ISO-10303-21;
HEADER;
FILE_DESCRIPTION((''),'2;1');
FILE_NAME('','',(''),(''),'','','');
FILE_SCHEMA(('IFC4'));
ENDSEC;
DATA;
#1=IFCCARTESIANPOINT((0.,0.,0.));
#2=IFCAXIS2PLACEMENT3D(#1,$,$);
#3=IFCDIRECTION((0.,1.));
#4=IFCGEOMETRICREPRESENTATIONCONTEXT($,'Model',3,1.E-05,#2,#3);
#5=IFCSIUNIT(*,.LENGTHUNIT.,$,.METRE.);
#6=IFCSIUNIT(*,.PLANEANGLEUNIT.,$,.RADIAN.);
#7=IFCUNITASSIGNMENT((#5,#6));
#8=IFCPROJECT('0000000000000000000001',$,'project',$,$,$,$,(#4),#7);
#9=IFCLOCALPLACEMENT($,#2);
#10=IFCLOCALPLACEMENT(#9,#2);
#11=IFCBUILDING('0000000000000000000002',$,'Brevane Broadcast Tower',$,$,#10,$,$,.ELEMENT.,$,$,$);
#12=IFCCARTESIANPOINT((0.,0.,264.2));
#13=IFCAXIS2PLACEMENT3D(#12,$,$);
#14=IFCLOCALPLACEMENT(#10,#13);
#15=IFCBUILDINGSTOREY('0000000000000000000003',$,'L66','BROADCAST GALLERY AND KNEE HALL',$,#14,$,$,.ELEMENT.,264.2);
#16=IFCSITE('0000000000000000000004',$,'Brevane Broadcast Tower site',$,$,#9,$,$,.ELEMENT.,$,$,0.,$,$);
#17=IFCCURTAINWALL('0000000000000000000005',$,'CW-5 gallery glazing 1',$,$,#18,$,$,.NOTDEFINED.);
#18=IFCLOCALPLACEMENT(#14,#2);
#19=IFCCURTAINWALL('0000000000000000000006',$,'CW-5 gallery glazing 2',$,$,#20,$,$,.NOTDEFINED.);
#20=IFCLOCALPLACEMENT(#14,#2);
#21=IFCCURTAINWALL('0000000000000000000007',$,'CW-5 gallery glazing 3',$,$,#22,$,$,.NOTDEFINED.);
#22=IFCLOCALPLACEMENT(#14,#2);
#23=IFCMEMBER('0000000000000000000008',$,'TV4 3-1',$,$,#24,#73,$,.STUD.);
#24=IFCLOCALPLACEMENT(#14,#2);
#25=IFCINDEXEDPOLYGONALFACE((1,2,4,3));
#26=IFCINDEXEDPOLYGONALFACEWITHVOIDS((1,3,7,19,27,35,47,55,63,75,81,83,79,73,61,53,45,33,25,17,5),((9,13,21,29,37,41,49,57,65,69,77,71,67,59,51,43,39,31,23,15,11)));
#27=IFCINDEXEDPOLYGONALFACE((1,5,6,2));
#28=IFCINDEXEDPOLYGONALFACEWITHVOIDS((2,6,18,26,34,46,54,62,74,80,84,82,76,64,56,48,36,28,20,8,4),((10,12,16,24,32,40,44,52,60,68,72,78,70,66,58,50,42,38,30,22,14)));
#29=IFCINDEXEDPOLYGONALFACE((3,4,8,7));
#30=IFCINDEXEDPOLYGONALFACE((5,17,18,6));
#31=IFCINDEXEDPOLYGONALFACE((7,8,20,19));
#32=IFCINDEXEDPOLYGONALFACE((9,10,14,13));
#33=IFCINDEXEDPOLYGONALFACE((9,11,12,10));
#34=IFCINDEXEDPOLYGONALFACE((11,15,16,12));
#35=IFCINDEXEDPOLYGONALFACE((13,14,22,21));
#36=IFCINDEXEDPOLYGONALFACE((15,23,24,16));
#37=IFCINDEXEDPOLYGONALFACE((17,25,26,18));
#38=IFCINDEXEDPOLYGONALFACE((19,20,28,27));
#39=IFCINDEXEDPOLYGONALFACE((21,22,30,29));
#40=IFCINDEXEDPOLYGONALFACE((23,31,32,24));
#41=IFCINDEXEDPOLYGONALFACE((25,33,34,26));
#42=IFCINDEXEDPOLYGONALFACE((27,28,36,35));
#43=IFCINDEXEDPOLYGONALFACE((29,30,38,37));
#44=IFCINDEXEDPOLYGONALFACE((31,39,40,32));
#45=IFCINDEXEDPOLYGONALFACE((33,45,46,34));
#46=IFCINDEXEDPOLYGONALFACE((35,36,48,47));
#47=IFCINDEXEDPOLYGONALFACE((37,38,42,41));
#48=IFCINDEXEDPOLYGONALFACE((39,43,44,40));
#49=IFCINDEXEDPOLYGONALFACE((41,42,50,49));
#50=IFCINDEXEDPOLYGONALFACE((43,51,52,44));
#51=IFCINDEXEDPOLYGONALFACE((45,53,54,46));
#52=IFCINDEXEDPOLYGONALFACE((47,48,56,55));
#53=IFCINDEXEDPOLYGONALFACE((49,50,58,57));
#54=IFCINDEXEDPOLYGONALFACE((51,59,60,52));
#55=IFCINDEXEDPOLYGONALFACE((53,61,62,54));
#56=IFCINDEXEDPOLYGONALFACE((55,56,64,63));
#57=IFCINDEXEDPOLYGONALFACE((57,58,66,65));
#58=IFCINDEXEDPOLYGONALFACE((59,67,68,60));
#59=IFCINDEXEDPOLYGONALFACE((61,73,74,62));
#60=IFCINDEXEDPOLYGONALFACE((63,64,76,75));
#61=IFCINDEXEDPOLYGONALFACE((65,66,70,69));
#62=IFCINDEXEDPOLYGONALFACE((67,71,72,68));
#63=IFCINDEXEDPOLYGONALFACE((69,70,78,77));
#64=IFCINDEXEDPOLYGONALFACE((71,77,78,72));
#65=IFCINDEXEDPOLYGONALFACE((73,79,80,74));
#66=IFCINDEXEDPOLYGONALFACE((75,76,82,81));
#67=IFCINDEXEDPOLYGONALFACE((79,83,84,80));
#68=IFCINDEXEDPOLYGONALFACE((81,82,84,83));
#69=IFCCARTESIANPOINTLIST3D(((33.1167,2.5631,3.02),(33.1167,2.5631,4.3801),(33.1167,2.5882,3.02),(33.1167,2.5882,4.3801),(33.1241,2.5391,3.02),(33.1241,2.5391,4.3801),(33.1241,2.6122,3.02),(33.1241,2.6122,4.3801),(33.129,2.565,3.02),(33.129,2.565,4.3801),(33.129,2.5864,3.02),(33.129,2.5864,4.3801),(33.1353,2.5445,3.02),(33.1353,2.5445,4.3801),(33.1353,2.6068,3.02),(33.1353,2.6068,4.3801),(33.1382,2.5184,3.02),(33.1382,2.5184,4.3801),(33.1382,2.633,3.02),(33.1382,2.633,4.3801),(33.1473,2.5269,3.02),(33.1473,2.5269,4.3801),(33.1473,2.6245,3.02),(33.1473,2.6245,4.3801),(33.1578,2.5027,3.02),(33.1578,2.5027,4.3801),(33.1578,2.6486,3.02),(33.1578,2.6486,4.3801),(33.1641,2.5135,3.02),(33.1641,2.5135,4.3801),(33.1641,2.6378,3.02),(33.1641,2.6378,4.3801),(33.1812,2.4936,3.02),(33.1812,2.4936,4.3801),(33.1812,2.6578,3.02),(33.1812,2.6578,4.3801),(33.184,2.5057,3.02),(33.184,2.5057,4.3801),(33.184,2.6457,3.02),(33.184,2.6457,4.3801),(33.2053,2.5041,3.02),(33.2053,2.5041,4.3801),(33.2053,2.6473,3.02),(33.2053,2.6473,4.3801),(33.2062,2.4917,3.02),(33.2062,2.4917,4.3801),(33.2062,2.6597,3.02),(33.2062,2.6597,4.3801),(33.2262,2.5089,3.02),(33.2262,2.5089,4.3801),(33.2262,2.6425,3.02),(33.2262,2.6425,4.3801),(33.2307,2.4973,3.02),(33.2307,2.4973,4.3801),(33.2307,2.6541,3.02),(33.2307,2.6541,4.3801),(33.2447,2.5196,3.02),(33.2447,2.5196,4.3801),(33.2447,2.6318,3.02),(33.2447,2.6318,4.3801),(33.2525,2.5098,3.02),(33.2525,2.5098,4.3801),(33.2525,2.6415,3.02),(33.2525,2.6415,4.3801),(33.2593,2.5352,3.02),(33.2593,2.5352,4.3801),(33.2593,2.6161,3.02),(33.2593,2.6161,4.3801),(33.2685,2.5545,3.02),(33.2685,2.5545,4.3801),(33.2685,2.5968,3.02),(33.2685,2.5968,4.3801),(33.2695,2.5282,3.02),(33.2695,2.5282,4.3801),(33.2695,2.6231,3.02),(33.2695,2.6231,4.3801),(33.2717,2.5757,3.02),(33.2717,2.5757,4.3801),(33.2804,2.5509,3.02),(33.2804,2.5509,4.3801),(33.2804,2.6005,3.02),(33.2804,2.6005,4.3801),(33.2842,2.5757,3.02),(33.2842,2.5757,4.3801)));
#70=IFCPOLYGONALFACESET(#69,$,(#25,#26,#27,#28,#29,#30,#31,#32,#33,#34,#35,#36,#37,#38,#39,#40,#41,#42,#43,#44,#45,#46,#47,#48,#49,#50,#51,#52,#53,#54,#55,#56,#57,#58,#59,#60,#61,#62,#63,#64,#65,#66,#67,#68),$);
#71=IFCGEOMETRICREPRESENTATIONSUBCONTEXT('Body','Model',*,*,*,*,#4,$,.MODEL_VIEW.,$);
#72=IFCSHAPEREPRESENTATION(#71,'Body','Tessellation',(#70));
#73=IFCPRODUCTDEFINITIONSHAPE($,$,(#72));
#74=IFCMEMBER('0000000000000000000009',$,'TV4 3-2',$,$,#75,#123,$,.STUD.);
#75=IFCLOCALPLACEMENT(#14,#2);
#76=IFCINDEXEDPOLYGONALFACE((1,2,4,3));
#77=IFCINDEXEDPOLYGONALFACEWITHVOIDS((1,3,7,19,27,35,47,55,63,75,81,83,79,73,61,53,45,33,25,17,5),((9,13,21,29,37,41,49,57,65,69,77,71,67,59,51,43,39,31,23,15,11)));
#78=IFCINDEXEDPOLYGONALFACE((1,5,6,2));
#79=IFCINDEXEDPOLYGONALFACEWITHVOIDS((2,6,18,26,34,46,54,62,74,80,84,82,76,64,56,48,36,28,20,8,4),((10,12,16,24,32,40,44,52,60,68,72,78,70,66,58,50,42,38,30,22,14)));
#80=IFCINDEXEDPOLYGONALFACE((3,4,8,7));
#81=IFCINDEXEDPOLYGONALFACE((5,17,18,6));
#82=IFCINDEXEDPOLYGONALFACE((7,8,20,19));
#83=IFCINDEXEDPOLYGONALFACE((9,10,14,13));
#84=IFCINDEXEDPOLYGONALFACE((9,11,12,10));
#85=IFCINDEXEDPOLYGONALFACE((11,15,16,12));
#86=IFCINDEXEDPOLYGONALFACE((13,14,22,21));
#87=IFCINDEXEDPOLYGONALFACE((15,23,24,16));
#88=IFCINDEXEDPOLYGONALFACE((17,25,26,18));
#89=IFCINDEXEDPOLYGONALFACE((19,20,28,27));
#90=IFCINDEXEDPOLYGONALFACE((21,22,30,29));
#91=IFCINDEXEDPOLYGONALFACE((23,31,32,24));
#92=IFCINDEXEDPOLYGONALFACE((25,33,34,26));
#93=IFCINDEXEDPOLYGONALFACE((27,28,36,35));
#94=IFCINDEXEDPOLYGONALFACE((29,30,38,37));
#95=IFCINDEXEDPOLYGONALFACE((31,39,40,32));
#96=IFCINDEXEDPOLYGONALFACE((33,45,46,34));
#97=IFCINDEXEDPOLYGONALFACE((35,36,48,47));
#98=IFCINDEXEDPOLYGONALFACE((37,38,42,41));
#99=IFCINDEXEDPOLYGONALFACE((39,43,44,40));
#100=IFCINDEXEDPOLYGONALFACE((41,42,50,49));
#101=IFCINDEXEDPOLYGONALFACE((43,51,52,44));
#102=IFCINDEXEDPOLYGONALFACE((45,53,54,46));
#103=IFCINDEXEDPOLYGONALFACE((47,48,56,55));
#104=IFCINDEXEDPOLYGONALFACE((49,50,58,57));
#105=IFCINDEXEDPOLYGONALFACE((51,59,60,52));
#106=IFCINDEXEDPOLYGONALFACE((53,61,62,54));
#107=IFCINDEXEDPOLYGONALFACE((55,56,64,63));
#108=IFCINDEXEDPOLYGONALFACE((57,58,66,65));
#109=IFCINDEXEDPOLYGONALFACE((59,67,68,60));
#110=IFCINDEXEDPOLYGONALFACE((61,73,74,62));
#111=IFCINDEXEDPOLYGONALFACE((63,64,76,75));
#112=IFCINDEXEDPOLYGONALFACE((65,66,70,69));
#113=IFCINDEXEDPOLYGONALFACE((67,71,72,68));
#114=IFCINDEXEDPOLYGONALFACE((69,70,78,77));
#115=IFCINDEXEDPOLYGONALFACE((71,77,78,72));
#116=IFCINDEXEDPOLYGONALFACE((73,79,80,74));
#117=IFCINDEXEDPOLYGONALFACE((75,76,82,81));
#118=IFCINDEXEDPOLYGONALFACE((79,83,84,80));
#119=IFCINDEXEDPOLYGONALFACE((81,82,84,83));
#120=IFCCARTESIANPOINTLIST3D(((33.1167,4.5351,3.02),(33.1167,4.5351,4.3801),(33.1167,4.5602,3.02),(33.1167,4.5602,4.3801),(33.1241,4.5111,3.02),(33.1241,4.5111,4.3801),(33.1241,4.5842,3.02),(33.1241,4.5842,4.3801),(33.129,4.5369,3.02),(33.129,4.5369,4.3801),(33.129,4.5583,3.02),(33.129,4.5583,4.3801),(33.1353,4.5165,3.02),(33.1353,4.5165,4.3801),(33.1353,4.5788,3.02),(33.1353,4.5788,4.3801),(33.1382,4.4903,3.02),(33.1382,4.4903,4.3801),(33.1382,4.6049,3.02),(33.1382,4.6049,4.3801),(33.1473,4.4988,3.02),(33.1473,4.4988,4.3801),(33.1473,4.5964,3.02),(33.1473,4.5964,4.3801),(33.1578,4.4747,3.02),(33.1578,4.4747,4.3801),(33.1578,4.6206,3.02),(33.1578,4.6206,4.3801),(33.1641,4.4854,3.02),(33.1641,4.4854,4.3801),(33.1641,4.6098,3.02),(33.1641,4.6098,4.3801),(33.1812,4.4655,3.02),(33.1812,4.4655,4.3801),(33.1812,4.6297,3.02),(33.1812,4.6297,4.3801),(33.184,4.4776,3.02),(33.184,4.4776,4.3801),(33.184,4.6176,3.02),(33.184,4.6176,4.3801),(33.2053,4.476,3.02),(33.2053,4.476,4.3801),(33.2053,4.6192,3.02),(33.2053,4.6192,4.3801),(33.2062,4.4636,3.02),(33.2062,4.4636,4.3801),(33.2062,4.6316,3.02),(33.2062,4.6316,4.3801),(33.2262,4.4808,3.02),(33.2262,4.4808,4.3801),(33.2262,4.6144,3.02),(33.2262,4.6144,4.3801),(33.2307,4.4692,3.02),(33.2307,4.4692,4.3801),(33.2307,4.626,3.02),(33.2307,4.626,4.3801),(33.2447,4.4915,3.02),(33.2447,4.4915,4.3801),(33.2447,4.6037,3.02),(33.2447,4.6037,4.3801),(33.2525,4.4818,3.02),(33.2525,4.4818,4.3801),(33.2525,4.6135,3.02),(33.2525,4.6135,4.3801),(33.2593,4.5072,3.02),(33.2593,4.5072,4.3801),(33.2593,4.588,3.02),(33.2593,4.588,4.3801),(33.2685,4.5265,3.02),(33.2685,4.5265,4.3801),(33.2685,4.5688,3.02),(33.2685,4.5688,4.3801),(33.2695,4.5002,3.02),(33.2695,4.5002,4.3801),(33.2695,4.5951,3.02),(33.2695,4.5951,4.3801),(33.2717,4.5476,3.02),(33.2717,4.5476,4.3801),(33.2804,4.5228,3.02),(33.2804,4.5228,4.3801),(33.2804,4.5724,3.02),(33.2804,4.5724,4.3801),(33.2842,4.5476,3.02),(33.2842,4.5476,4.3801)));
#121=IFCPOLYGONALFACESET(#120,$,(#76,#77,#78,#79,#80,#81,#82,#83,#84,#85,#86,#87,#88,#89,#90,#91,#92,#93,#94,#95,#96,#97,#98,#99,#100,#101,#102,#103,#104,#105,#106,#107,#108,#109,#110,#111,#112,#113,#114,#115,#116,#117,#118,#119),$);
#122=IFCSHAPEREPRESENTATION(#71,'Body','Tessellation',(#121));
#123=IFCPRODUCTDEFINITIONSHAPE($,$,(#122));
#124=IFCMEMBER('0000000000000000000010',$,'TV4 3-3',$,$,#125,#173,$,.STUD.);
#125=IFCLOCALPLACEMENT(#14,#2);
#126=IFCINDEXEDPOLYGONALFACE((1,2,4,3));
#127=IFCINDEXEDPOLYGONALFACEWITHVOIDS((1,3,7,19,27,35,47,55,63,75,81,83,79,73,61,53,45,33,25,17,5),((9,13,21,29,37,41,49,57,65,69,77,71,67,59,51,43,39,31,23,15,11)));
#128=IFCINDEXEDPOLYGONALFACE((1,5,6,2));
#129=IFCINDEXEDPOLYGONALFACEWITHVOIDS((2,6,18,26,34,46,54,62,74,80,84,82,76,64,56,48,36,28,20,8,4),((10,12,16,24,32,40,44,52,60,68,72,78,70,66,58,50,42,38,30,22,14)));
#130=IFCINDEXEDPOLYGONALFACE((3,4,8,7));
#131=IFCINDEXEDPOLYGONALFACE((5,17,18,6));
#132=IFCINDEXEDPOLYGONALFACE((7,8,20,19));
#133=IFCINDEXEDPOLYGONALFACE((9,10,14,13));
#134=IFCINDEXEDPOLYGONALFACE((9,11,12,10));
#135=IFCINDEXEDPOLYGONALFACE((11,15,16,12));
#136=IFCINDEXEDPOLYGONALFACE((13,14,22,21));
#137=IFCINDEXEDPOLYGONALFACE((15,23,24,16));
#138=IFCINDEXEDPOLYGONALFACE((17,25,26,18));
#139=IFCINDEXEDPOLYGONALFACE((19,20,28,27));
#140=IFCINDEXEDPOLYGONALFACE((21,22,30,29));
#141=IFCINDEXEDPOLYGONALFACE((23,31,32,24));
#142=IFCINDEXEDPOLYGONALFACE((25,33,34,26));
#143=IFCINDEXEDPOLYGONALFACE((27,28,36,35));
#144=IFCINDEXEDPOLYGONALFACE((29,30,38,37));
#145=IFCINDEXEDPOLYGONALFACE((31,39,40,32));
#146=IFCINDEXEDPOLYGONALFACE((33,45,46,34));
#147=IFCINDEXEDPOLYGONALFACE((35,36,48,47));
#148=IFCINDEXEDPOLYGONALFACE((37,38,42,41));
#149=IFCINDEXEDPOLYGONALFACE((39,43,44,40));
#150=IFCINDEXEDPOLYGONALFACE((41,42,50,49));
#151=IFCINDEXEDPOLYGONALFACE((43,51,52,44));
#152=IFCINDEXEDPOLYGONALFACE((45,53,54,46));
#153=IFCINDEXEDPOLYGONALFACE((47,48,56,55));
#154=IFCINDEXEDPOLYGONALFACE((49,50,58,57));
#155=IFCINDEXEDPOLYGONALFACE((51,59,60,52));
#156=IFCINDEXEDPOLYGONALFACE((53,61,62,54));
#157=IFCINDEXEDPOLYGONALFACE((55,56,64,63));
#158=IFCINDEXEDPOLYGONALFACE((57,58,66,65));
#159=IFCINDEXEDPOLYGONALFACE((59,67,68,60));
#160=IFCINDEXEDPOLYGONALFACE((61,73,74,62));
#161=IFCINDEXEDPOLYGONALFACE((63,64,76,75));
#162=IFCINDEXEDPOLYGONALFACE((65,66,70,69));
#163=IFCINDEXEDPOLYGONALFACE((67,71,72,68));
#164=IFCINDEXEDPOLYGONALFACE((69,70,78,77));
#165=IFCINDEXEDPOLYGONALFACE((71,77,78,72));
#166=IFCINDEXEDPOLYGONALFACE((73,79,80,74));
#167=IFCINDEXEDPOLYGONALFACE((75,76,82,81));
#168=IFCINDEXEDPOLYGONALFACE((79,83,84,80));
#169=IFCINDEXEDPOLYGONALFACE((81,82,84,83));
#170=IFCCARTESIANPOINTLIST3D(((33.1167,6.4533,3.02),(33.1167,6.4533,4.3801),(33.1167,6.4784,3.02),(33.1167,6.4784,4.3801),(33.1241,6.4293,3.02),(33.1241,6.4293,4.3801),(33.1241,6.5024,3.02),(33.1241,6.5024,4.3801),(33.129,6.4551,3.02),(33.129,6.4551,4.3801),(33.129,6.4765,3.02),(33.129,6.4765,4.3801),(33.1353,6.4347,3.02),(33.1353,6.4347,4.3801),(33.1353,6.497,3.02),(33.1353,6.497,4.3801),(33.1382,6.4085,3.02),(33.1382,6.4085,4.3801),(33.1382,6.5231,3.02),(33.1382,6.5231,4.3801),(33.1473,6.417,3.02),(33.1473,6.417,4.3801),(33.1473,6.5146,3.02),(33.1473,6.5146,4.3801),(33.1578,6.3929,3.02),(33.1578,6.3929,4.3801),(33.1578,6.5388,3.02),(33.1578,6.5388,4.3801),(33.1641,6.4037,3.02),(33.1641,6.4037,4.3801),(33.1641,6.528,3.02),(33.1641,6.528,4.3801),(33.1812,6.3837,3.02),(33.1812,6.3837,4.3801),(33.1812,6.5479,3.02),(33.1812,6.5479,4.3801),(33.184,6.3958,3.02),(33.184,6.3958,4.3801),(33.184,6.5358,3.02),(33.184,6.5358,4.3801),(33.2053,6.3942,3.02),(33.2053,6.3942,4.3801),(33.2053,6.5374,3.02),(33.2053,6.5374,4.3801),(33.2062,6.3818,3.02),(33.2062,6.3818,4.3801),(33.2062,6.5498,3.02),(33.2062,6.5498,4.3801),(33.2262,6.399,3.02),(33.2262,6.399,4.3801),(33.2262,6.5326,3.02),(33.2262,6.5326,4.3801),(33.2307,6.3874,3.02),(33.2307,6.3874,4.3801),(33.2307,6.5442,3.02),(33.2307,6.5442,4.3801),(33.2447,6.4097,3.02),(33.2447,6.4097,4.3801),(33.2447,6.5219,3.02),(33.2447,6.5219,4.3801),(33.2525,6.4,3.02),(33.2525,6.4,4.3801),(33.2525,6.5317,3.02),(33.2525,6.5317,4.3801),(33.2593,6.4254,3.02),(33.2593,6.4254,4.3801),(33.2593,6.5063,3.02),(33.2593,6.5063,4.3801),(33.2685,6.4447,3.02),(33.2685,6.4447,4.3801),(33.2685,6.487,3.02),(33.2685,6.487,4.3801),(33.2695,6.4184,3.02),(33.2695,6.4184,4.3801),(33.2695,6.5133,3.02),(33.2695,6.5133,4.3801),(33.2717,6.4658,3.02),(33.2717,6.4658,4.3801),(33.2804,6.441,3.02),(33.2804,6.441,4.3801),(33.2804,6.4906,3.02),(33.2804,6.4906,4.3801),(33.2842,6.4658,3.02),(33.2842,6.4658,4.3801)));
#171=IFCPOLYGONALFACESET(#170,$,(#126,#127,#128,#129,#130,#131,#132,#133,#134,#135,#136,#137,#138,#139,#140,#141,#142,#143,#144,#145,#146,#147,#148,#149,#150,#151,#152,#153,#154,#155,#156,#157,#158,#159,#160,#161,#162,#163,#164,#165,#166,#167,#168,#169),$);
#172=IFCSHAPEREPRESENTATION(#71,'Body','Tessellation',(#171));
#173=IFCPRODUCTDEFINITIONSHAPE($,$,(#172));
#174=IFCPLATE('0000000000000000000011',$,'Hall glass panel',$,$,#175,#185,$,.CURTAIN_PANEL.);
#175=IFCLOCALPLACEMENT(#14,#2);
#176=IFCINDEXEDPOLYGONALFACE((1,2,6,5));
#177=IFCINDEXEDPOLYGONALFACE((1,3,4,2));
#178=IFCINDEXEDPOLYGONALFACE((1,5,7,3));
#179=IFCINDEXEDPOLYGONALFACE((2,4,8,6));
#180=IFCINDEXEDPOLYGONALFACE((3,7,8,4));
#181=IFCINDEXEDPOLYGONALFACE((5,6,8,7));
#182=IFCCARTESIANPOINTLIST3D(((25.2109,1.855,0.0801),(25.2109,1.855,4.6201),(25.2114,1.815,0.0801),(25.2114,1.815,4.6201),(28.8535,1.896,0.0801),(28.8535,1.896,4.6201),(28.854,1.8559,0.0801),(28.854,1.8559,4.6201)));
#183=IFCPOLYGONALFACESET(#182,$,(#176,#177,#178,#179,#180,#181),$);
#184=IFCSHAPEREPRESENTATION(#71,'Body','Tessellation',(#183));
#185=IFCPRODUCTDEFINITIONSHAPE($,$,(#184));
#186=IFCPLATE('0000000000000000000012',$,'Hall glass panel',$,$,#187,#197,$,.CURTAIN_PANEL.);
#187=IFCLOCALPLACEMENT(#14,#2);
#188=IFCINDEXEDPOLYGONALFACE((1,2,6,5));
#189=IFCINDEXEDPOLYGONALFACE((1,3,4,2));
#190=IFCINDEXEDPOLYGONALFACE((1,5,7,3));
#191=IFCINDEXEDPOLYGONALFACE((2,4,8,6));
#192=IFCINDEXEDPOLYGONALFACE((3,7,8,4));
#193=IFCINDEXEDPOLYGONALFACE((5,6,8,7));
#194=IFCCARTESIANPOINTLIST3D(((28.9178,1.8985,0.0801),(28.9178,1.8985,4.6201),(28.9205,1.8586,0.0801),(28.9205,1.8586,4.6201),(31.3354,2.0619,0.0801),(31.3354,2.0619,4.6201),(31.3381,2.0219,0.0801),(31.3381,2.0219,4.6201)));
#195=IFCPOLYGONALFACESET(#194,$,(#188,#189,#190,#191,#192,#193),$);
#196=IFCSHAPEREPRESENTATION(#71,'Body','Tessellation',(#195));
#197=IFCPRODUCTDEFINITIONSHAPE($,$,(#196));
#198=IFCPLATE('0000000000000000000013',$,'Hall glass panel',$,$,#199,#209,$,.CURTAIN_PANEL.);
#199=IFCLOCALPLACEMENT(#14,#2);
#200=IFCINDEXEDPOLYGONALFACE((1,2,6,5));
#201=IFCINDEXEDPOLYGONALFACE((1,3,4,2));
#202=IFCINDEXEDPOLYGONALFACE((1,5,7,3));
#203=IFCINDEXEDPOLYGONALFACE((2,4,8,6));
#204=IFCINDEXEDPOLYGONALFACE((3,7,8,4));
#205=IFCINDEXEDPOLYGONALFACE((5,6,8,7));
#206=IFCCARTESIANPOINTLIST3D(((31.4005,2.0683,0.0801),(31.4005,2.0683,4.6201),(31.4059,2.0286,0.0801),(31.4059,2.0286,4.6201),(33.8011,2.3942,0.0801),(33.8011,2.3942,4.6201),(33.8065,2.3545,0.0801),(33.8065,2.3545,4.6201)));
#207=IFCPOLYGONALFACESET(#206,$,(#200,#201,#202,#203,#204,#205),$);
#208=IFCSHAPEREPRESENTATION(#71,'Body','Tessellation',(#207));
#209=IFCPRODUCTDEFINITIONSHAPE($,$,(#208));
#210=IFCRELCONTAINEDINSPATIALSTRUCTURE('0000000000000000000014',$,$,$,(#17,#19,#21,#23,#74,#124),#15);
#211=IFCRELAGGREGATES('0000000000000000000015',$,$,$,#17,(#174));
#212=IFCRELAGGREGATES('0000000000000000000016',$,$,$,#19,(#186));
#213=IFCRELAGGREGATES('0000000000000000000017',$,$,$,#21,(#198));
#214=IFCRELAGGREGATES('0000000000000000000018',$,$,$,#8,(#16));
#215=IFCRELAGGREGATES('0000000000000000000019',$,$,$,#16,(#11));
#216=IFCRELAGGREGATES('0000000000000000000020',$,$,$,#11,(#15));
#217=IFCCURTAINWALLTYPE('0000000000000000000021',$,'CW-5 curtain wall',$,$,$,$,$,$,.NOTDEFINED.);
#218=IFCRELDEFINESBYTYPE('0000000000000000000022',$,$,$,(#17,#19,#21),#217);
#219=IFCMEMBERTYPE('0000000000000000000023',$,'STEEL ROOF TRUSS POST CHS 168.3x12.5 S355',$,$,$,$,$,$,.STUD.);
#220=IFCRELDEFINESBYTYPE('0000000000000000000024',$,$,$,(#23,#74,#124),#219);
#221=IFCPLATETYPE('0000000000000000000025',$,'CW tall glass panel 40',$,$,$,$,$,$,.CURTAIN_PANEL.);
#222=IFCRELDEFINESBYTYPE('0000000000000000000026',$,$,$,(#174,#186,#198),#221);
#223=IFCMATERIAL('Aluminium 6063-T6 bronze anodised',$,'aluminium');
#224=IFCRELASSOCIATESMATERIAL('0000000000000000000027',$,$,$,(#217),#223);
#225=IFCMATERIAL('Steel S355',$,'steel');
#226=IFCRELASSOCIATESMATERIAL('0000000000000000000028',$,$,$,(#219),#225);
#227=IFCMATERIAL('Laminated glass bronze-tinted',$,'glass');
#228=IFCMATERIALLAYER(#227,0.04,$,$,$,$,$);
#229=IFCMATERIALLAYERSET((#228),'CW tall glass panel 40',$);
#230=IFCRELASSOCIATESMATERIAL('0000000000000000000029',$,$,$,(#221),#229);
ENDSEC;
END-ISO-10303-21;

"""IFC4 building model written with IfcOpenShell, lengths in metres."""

from ifc_helpers import new_model, si_unit, direction, frame, origin, origin_2d, place, context, subcontext, project, spatial, rectangle, hollow_circle, extrude, material, layer, layer_set, material_profile, profile_set, type_object, element, aggregate, save


model = new_model("IFC4")

# Units and contexts
model_context = context("Model", 3, precision=1e-05, world=origin(), true_north=direction((0.0, 1.0)))
body_context = subcontext(model_context, "Body", "Model", "MODEL_VIEW")
ifc_project = project(units=[si_unit("LENGTHUNIT", "METRE"), si_unit("PLANEANGLEUNIT", "RADIAN")], contexts=[model_context])

# Site, building, storey
site_placement = place(None, origin())
site = spatial("IfcSite", under=ifc_project, at=site_placement, Name="Brevane Broadcast Tower site", CompositionType="ELEMENT", RefElevation=0.0)
building_placement = place(site_placement, origin())
building = spatial("IfcBuilding", under=site, at=building_placement, Name="Brevane Broadcast Tower", CompositionType="ELEMENT")
storey_placement = place(building_placement, frame((0.0, 0.0, 264.2)))
storey = spatial("IfcBuildingStorey", under=building, at=storey_placement, Name="L66", Description="BROADCAST GALLERY AND KNEE HALL", CompositionType="ELEMENT", Elevation=264.2)

# Shared definitions
ifc_material_1 = material(Name="Steel S355", Category="steel")

# Curtain wall
ifc_material_2 = material(Name="Aluminium 6063-T6 bronze anodised", Category="aluminium")
curtain_wall_type = type_object("IfcCurtainWallType", Name="CW-5 curtain wall", PredefinedType="NOTDEFINED", material=ifc_material_2)
curtain_wall_1_placement = place(storey_placement, origin())
curtain_wall_1 = element("IfcCurtainWall", 1, at=curtain_wall_1_placement, inside=storey, type_object=curtain_wall_type, Name="CW-5 gallery glazing 1", PredefinedType="NOTDEFINED")

# Curtain wall
curtain_wall_2_placement = place(storey_placement, origin())
curtain_wall_2 = element("IfcCurtainWall", 2, at=curtain_wall_2_placement, inside=storey, type_object=curtain_wall_type, Name="CW-5 gallery glazing 2", PredefinedType="NOTDEFINED")

# Curtain wall
curtain_wall_3_placement = place(storey_placement, origin())
curtain_wall_3 = element("IfcCurtainWall", 3, at=curtain_wall_3_placement, inside=storey, type_object=curtain_wall_type, Name="CW-5 gallery glazing 3", PredefinedType="NOTDEFINED")

# Members
ifc_material_profile_1 = material_profile(ifc_material_1, hollow_circle(Radius=0.0842, WallThickness=0.0125, at=origin_2d()), Name="CHS 168.3x12.5")
ifc_profile_set_1 = profile_set([ifc_material_profile_1], Name="Steel S355")
member_type_1 = type_object("IfcMemberType", Name="STEEL ROOF TRUSS POST CHS 168.3x12.5 S355", PredefinedType="STUD", material=ifc_profile_set_1)
for number, where, z_axis, x_axis, name in (
    (4, (33.2, 2.5757, 3.02), (0.0, 0.0, 1.0), (1.0, 0.0, 0.0), "TV4 3-1"),
    (5, (33.2, 4.5476, 3.02), (0.0, 0.0, 1.0), (1.0, 0.0, 0.0), "TV4 3-2"),
    (6, (33.2, 6.4658, 3.02), (0.0, 0.0, 1.0), (1.0, 0.0, 0.0), "TV4 3-3"),
):
    element("IfcMember", number, at=place(storey_placement, frame(where, z_axis=z_axis, x_axis=x_axis)), inside=storey, type_object=member_type_1, Name=name, PredefinedType="STUD", context=body_context, shape_type="SweptSolid", body=[
        extrude(hollow_circle(Radius=0.0842, WallThickness=0.0125, at=origin_2d()), origin(), (0.0, 0.0, 1.0), 1.3601),
    ])

# Plates
ifc_material_3 = material(Name="Laminated glass bronze-tinted", Category="glass")
ifc_layer_1 = layer(ifc_material_3, 0.04)
ifc_layer_set_1 = layer_set([ifc_layer_1], Name="CW tall glass panel 40")
plate_type = type_object("IfcPlateType", Name="CW tall glass panel 40", PredefinedType="CURTAIN_PANEL", material=ifc_layer_set_1)
plate_1_placement = place(storey_placement, frame((27.0325, 1.8555, 0.0801), z_axis=(0.0, 0.0, 1.0), x_axis=(0.999937, 0.011244, 0.0)))
plate_1 = element("IfcPlate", 7, at=plate_1_placement, type_object=plate_type, Name="Hall glass panel", PredefinedType="CURTAIN_PANEL", context=body_context, shape_type="SweptSolid", body=[
    extrude(rectangle(XDim=3.6428, YDim=0.04, at=origin_2d()), origin(), (0.0, 0.0, 1.0), 4.54),
])
aggregate(curtain_wall_1, [plate_1])
plate_2_placement = place(storey_placement, frame((30.1279, 1.9602, 0.0801), z_axis=(0.0, 0.0, 1.0), x_axis=(0.997725, 0.067413, 0.0)))
plate_2 = element("IfcPlate", 8, at=plate_2_placement, type_object=plate_type, Name="Hall glass panel", PredefinedType="CURTAIN_PANEL", context=body_context, shape_type="SweptSolid", body=[
    extrude(rectangle(XDim=2.4231, YDim=0.04, at=origin_2d()), origin(), (0.0, 0.0, 1.0), 4.54),
])
aggregate(curtain_wall_2, [plate_2])
plate_3_placement = place(storey_placement, frame((32.6035, 2.2114, 0.0801), z_axis=(0.0, 0.0, 1.0), x_axis=(0.990911, 0.13452, 0.0)))
plate_3 = element("IfcPlate", 9, at=plate_3_placement, type_object=plate_type, Name="Hall glass panel", PredefinedType="CURTAIN_PANEL", context=body_context, shape_type="SweptSolid", body=[
    extrude(rectangle(XDim=2.4226, YDim=0.04, at=origin_2d()), origin(), (0.0, 0.0, 1.0), 4.54),
])
aggregate(curtain_wall_3, [plate_3])

save(model, "model.ifc")
